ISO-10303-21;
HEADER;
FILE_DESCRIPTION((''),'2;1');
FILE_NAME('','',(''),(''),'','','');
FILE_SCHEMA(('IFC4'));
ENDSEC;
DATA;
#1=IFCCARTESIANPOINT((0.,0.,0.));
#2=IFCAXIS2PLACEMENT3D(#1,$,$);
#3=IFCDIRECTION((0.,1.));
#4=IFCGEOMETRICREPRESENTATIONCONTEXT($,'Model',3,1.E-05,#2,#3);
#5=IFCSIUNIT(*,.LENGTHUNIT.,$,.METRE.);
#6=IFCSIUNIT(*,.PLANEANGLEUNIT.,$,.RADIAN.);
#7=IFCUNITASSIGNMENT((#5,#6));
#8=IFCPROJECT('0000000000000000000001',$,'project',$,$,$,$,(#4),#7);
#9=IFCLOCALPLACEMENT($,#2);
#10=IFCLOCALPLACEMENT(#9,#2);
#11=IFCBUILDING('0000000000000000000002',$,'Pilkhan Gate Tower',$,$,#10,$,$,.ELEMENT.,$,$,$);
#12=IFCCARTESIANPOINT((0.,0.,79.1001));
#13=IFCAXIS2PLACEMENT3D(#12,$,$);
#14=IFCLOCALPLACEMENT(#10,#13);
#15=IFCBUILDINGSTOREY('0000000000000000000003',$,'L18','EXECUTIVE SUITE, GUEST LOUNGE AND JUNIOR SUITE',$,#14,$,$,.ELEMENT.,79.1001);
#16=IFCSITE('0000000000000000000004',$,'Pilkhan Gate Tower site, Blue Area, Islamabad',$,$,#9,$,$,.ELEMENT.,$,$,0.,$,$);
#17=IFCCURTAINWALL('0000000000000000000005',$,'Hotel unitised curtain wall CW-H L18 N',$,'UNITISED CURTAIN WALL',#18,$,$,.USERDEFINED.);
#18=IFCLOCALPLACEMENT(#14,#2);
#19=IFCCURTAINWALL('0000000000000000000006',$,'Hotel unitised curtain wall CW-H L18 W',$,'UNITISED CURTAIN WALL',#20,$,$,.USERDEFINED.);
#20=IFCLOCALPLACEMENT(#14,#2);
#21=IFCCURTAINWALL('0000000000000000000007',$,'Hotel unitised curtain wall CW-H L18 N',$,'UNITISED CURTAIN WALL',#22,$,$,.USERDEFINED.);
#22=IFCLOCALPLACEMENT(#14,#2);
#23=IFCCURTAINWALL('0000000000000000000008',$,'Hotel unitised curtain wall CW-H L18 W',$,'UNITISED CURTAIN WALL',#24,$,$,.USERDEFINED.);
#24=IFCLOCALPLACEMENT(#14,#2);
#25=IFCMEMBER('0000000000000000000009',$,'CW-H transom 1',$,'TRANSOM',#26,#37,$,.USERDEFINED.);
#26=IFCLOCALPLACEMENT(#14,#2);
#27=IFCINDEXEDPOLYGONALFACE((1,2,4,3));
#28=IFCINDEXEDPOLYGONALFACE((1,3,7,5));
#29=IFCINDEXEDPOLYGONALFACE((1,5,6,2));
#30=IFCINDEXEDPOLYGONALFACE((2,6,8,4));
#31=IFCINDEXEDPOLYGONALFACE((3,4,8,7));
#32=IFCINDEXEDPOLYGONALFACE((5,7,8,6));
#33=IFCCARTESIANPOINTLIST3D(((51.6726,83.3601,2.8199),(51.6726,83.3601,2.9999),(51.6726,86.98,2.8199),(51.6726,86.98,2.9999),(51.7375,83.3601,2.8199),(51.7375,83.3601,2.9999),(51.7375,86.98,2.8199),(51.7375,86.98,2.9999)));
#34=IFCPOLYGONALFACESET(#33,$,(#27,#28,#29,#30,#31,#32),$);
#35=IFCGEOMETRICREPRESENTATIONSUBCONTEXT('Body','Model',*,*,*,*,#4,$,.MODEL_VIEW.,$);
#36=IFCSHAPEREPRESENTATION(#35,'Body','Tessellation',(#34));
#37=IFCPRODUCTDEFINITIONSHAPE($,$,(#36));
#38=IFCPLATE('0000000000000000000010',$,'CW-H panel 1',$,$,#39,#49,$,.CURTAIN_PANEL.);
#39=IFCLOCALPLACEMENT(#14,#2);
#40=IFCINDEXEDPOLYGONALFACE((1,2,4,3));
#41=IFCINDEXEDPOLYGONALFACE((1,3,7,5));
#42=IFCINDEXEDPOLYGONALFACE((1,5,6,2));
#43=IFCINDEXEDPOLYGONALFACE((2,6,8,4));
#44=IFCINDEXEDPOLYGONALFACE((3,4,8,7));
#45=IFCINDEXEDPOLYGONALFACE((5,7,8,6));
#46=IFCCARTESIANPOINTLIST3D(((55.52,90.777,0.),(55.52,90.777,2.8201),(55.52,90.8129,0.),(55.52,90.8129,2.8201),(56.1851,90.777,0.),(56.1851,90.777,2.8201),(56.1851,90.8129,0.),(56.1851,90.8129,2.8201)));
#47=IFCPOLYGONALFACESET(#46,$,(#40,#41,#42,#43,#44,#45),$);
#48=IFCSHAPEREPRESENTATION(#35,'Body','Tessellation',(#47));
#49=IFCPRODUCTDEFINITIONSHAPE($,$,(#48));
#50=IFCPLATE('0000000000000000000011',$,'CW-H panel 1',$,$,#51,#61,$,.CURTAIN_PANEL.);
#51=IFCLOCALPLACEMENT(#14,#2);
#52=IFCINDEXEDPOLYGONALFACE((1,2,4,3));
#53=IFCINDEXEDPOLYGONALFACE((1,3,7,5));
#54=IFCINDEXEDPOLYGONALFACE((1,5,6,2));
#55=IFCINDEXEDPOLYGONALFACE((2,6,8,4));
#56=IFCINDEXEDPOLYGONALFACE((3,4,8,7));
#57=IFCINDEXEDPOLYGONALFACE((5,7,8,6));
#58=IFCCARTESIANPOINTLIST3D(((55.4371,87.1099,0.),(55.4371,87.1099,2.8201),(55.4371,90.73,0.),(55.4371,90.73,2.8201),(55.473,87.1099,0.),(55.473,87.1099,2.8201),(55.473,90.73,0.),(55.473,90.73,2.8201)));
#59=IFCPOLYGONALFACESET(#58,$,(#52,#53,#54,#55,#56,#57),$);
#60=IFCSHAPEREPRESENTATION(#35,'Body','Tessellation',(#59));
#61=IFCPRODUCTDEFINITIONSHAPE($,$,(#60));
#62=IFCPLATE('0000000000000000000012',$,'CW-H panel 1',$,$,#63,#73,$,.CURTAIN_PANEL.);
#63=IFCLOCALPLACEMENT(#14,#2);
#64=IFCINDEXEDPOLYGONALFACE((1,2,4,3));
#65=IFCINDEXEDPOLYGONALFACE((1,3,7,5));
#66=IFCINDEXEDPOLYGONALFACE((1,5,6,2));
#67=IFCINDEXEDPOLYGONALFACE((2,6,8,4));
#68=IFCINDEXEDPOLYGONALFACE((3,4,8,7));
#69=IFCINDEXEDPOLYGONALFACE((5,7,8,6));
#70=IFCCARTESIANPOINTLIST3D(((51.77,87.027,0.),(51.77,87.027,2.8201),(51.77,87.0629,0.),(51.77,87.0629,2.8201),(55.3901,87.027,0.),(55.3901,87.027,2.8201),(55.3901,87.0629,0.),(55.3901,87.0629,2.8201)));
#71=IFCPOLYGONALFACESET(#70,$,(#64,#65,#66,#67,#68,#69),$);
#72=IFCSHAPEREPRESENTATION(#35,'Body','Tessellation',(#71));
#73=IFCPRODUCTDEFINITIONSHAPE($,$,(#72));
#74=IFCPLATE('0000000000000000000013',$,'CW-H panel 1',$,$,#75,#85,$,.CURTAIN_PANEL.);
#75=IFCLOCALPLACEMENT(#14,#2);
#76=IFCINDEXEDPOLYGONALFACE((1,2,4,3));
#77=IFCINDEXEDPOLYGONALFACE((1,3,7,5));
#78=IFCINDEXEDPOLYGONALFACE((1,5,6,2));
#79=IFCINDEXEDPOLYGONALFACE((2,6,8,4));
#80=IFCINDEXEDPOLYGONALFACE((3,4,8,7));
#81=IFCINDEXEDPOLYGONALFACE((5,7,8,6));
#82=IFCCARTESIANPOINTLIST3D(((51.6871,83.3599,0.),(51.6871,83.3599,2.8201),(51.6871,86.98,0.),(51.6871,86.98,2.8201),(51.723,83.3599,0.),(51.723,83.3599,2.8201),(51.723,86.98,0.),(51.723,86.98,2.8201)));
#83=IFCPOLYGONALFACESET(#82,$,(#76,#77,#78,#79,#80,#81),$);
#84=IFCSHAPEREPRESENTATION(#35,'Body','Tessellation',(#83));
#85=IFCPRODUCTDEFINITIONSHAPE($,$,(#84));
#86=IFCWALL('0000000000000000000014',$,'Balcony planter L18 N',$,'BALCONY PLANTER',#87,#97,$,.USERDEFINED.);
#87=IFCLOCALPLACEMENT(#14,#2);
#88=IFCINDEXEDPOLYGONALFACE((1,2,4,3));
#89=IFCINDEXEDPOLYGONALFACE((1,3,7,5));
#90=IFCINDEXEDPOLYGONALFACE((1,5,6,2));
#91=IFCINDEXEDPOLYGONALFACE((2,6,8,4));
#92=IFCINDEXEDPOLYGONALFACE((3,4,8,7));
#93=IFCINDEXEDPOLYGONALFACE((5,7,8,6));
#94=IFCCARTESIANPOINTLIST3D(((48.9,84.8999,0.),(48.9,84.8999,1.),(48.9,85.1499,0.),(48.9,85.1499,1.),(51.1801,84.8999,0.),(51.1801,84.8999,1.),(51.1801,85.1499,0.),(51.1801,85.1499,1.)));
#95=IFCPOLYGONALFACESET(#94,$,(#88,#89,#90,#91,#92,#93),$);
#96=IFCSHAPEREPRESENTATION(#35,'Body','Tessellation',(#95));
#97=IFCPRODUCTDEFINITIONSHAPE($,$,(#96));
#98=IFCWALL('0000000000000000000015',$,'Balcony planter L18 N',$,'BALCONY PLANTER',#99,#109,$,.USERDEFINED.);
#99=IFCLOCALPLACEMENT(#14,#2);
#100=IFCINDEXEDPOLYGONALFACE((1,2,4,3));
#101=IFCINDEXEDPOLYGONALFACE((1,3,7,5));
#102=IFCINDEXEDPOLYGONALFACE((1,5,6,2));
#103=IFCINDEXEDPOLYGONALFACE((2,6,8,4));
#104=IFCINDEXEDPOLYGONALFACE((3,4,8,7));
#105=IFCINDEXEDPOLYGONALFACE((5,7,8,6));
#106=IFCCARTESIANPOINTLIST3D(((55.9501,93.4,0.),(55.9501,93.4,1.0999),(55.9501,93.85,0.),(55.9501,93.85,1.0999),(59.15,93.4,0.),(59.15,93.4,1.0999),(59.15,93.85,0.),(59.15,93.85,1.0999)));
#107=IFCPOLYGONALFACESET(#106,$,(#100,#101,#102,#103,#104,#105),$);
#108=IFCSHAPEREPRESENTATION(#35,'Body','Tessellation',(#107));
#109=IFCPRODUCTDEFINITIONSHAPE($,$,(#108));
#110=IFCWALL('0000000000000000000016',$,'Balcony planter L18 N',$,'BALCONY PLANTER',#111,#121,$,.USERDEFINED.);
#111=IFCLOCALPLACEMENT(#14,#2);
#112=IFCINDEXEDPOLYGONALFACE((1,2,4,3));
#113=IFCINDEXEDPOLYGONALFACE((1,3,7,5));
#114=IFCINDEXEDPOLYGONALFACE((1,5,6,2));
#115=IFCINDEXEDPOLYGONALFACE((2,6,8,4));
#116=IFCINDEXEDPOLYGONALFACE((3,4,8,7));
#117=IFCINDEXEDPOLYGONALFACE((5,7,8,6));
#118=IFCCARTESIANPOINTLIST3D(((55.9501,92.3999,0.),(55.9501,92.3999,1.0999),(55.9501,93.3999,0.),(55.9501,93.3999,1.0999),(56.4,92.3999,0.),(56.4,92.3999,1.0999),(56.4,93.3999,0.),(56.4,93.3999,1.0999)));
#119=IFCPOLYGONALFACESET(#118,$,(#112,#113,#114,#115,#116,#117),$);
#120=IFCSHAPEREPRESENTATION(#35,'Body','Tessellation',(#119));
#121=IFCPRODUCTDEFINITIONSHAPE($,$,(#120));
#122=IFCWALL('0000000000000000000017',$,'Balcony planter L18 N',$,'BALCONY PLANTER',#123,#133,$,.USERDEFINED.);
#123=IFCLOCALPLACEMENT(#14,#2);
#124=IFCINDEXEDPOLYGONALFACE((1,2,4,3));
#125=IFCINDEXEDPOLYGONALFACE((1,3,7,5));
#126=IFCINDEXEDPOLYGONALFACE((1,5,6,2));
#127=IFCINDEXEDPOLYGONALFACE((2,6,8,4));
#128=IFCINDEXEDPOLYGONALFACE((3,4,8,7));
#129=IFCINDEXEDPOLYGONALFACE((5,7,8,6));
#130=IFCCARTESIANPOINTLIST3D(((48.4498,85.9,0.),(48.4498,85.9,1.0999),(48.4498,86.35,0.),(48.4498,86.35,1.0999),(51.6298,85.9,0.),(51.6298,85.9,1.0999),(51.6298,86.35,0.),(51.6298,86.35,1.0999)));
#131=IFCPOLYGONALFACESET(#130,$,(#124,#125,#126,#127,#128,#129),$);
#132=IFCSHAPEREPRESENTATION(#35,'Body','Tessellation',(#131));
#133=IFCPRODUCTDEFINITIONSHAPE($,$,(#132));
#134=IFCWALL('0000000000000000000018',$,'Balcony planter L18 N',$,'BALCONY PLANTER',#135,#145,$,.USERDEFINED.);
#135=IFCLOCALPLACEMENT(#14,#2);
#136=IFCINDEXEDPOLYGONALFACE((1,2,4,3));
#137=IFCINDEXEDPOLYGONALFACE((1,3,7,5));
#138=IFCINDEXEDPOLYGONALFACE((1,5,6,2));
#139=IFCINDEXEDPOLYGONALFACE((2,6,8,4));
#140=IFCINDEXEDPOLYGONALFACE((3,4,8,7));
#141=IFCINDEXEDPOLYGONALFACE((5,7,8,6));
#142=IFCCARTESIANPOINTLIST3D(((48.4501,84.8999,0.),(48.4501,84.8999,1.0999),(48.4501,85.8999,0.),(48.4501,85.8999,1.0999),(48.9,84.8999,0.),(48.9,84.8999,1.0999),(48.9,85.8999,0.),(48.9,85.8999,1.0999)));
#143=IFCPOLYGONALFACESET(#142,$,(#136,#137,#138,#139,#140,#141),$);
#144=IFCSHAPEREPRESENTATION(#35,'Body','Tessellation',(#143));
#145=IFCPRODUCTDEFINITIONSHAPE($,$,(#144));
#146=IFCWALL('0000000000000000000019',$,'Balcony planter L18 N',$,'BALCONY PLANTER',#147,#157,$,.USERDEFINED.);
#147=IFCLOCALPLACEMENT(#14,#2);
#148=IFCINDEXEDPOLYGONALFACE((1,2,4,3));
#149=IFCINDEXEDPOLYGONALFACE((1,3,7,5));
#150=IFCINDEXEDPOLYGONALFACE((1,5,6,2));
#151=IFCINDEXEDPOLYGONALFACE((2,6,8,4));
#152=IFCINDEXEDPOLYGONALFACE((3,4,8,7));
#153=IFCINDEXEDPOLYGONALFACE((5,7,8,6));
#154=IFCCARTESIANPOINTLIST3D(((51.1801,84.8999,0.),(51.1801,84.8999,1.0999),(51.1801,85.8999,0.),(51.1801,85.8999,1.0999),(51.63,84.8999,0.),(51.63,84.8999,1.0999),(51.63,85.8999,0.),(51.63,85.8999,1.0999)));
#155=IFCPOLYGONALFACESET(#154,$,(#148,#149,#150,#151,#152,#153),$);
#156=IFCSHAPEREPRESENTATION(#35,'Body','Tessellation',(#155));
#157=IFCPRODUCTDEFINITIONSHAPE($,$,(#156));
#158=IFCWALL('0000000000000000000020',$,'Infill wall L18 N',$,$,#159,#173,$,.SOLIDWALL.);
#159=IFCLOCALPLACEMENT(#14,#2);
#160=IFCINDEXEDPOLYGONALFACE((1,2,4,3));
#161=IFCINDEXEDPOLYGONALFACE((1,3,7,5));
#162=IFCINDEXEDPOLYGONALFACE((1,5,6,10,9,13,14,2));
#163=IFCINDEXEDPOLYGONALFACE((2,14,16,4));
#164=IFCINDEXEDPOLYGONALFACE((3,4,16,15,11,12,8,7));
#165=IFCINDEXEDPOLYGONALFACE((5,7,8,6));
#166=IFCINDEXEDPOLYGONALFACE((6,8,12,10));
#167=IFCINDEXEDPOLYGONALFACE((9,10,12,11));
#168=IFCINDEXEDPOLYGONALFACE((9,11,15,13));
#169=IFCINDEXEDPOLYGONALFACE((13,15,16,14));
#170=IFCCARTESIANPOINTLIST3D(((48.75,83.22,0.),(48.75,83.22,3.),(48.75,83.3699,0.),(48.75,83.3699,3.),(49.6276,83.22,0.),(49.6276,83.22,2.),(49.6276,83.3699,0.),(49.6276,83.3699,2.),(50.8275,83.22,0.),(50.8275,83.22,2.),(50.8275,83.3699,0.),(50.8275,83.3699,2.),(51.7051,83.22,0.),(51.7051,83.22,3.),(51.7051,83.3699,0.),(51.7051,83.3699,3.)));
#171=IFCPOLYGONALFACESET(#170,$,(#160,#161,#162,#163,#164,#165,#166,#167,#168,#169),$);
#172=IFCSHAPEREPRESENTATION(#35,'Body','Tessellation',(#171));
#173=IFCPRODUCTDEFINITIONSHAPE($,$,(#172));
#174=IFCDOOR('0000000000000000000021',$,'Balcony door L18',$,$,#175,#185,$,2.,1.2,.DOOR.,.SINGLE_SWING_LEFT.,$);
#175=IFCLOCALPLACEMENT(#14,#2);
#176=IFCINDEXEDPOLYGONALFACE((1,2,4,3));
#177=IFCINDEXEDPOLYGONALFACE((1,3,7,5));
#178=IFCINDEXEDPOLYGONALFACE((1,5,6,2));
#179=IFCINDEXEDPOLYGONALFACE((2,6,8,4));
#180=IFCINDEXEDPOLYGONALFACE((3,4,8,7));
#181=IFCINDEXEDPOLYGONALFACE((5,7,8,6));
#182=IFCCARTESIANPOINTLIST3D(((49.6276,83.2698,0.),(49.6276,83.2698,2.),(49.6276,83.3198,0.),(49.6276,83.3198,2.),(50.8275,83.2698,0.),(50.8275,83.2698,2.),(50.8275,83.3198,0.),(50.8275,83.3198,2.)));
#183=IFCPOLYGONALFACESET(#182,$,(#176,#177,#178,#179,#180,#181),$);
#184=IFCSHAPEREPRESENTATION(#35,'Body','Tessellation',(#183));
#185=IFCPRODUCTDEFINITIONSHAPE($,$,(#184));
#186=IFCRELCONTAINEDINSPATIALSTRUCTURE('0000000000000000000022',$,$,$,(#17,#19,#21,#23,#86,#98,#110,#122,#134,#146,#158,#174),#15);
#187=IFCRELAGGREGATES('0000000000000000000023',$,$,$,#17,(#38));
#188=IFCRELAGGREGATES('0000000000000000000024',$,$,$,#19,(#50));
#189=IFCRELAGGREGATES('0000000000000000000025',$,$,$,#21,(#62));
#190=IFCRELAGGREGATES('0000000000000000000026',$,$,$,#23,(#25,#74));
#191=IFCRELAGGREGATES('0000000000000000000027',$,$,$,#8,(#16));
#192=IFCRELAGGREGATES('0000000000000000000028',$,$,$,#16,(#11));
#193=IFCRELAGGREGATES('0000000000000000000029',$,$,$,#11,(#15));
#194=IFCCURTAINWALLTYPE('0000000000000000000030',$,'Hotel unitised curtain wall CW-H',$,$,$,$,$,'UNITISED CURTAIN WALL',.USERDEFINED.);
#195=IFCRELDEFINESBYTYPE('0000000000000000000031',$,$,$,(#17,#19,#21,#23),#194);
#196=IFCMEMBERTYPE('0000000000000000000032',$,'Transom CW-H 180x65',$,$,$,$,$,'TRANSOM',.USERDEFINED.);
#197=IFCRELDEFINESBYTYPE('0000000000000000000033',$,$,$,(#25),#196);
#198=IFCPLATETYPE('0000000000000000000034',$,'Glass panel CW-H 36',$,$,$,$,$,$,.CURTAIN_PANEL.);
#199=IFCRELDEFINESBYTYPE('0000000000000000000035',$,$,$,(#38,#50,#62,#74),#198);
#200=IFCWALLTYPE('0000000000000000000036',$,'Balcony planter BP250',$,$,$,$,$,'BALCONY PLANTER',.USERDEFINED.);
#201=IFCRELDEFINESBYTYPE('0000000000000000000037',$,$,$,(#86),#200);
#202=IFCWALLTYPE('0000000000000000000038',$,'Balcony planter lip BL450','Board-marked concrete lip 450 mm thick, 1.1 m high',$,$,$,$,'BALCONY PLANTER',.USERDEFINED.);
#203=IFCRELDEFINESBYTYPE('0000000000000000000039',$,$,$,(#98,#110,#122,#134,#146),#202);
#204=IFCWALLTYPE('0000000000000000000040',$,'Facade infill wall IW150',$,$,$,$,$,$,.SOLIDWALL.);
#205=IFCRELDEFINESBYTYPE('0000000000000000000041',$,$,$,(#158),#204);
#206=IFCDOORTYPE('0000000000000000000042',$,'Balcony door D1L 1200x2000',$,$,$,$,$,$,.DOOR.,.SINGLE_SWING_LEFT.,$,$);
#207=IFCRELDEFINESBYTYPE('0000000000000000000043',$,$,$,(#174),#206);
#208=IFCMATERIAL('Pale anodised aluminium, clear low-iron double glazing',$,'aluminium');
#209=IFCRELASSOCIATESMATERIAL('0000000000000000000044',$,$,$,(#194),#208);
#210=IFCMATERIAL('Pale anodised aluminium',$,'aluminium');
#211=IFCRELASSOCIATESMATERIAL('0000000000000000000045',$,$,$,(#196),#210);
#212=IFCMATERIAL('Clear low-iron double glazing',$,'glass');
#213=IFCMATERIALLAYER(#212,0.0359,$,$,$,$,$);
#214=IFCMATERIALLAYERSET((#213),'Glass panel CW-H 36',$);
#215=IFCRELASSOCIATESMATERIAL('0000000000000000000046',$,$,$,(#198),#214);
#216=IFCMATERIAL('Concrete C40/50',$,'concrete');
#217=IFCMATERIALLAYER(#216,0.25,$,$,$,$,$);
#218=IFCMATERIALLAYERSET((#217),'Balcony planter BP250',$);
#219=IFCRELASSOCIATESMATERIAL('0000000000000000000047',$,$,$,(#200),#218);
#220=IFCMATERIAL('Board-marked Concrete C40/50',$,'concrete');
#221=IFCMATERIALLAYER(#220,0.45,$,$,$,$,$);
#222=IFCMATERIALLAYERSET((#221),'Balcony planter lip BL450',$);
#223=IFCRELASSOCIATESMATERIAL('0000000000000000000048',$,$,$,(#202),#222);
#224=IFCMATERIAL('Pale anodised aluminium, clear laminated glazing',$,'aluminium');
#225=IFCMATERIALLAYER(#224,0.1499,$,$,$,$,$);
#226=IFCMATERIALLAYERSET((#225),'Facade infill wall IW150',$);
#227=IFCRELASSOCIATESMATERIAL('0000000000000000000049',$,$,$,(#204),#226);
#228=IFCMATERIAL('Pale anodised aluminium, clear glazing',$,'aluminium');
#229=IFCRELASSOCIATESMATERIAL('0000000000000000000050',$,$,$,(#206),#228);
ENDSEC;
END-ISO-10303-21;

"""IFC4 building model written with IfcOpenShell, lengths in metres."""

from ifc_helpers import new_model, si_unit, direction, frame, frame_2d, origin, origin_2d, place, context, subcontext, project, spatial, rectangle, extrude, material, layer, layer_set, material_profile, profile_set, type_object, element, fill, aggregate, save


model = new_model("IFC4")

# Units and contexts
model_context = context("Model", 3, precision=1e-05, world=origin(), true_north=direction((0.0, 1.0)))
body_context = subcontext(model_context, "Body", "Model", "MODEL_VIEW")
ifc_project = project(units=[si_unit("LENGTHUNIT", "METRE"), si_unit("PLANEANGLEUNIT", "RADIAN")], contexts=[model_context])

# Site, building, storey
site_placement = place(None, origin())
site = spatial("IfcSite", under=ifc_project, at=site_placement, Name="Pilkhan Gate Tower site, Blue Area, Islamabad", CompositionType="ELEMENT", RefElevation=0.0)
building_placement = place(site_placement, origin())
building = spatial("IfcBuilding", under=site, at=building_placement, Name="Pilkhan Gate Tower", CompositionType="ELEMENT")
storey_placement = place(building_placement, frame((0.0, 0.0, 79.1001)))
storey = spatial("IfcBuildingStorey", under=building, at=storey_placement, Name="L18", Description="EXECUTIVE SUITE, GUEST LOUNGE AND JUNIOR SUITE", CompositionType="ELEMENT", Elevation=79.1001)

# Curtain walls
ifc_material_1 = material(Name="Pale anodised aluminium, clear low-iron double glazing", Category="aluminium")
curtain_wall_type = type_object("IfcCurtainWallType", Name="Hotel unitised curtain wall CW-H", ElementType="UNITISED CURTAIN WALL", PredefinedType="USERDEFINED", material=ifc_material_1)
curtain_wall_1_placement = place(storey_placement, origin())
curtain_wall_1 = element("IfcCurtainWall", 1, at=curtain_wall_1_placement, inside=storey, type_object=curtain_wall_type, Name="Hotel unitised curtain wall CW-H L18 N", ObjectType="UNITISED CURTAIN WALL", PredefinedType="USERDEFINED")
ifc_material_2 = material(Name="Pale anodised aluminium", Category="aluminium")
curtain_wall_2_placement = place(storey_placement, origin())
curtain_wall_2 = element("IfcCurtainWall", 2, at=curtain_wall_2_placement, inside=storey, type_object=curtain_wall_type, Name="Hotel unitised curtain wall CW-H L18 W", ObjectType="UNITISED CURTAIN WALL", PredefinedType="USERDEFINED")
curtain_wall_3_placement = place(storey_placement, origin())
curtain_wall_3 = element("IfcCurtainWall", 3, at=curtain_wall_3_placement, inside=storey, type_object=curtain_wall_type, Name="Hotel unitised curtain wall CW-H L18 N", ObjectType="UNITISED CURTAIN WALL", PredefinedType="USERDEFINED")
curtain_wall_4_placement = place(storey_placement, origin())
curtain_wall_4 = element("IfcCurtainWall", 4, at=curtain_wall_4_placement, inside=storey, type_object=curtain_wall_type, Name="Hotel unitised curtain wall CW-H L18 W", ObjectType="UNITISED CURTAIN WALL", PredefinedType="USERDEFINED")

# Member
ifc_material_profile_1 = material_profile(ifc_material_2, rectangle(XDim=0.0649, YDim=0.1799, at=origin_2d()), Name="Transom 180x65")
ifc_profile_set_1 = profile_set([ifc_material_profile_1], Name="Pale anodised aluminium")
member_type_1 = type_object("IfcMemberType", Name="Transom CW-H 180x65", ElementType="TRANSOM", PredefinedType="USERDEFINED", material=ifc_profile_set_1)
member_1_placement = place(storey_placement, frame((51.7051, 83.3601, 2.9099), z_axis=(0.0, 1.0, 0.0), x_axis=(-1.0, 0.0, 0.0)))
member_1 = element("IfcMember", 5, at=member_1_placement, type_object=member_type_1, Name="CW-H transom 1", ObjectType="TRANSOM", PredefinedType="USERDEFINED", context=body_context, shape_type="SweptSolid", body=[
    extrude(rectangle(XDim=0.0649, YDim=0.1799, at=origin_2d()), origin(), (0.0, 0.0, 1.0), 3.6199),
])

# Plates
ifc_material_3 = material(Name="Clear low-iron double glazing", Category="glass")
ifc_layer_1 = layer(ifc_material_3, 0.0359)
ifc_layer_set_1 = layer_set([ifc_layer_1], Name="Glass panel CW-H 36")
plate_type = type_object("IfcPlateType", Name="Glass panel CW-H 36", PredefinedType="CURTAIN_PANEL", material=ifc_layer_set_1)
plate_1_placement = place(storey_placement, frame((55.8525, 90.7949, 0.0), z_axis=(0.0, 0.0, 1.0), x_axis=(1.0, 0.0, 0.0)))
plate_1 = element("IfcPlate", 6, at=plate_1_placement, type_object=plate_type, Name="CW-H panel 1", PredefinedType="CURTAIN_PANEL", context=body_context, shape_type="SweptSolid", body=[
    extrude(rectangle(XDim=0.665, YDim=0.0359, at=origin_2d()), origin(), (0.0, 0.0, 1.0), 2.8201),
])
aggregate(curtain_wall_1, [plate_1])
plate_2_placement = place(storey_placement, frame((55.4551, 88.9199, 0.0), z_axis=(0.0, 0.0, 1.0), x_axis=(0.0, 1.0, 0.0)))
plate_2 = element("IfcPlate", 7, at=plate_2_placement, type_object=plate_type, Name="CW-H panel 1", PredefinedType="CURTAIN_PANEL", context=body_context, shape_type="SweptSolid", body=[
    extrude(rectangle(XDim=3.6201, YDim=0.0359, at=origin_2d()), origin(), (0.0, 0.0, 1.0), 2.8201),
])
aggregate(curtain_wall_2, [plate_2])
plate_3_placement = place(storey_placement, frame((53.5801, 87.0449, 0.0), z_axis=(0.0, 0.0, 1.0), x_axis=(1.0, 0.0, 0.0)))
plate_3 = element("IfcPlate", 8, at=plate_3_placement, type_object=plate_type, Name="CW-H panel 1", PredefinedType="CURTAIN_PANEL", context=body_context, shape_type="SweptSolid", body=[
    extrude(rectangle(XDim=3.6201, YDim=0.0359, at=origin_2d()), origin(), (0.0, 0.0, 1.0), 2.8201),
])
aggregate(curtain_wall_3, [plate_3])
plate_4_placement = place(storey_placement, frame((51.7051, 85.1699, 0.0), z_axis=(0.0, 0.0, 1.0), x_axis=(0.0, 1.0, 0.0)))
plate_4 = element("IfcPlate", 9, at=plate_4_placement, type_object=plate_type, Name="CW-H panel 1", PredefinedType="CURTAIN_PANEL", context=body_context, shape_type="SweptSolid", body=[
    extrude(rectangle(XDim=3.6201, YDim=0.0359, at=origin_2d()), origin(), (0.0, 0.0, 1.0), 2.8201),
])
aggregate(curtain_wall_4, [member_1, plate_4])

# Walls
ifc_material_4 = material(Name="Concrete C40/50", Category="concrete")
ifc_layer_2 = layer(ifc_material_4, 0.25)
ifc_layer_set_2 = layer_set([ifc_layer_2], Name="Balcony planter BP250")
wall_type_1 = type_object("IfcWallType", Name="Balcony planter BP250", ElementType="BALCONY PLANTER", PredefinedType="USERDEFINED", material=ifc_layer_set_2)
wall_1_placement = place(storey_placement, frame((48.8999, 85.0249, 0.0), z_axis=(0.0, 0.0, 1.0), x_axis=(1.0, 0.0, 0.0)))
element("IfcWall", 10, at=wall_1_placement, inside=storey, type_object=wall_type_1, Name="Balcony planter L18 N", ObjectType="BALCONY PLANTER", PredefinedType="USERDEFINED", context=body_context, shape_type="SweptSolid", body=[
    extrude(rectangle(XDim=2.28, YDim=0.25, at=frame_2d((1.1401, 0.0))), origin(), (0.0, 0.0, 1.0), 1.0),
])
ifc_material_5 = material(Name="Board-marked Concrete C40/50", Category="concrete")
ifc_layer_3 = layer(ifc_material_5, 0.45)
ifc_layer_set_3 = layer_set([ifc_layer_3], Name="Balcony planter lip BL450")
wall_type_2 = type_object("IfcWallType", Name="Balcony planter lip BL450", Description="Board-marked concrete lip 450 mm thick, 1.1 m high", ElementType="BALCONY PLANTER", PredefinedType="USERDEFINED", material=ifc_layer_set_3)
wall_2_placement = place(storey_placement, frame((55.95, 93.625, 0.0), z_axis=(0.0, 0.0, 1.0), x_axis=(1.0, 0.0, 0.0)))
element("IfcWall", 11, at=wall_2_placement, inside=storey, type_object=wall_type_2, Name="Balcony planter L18 N", ObjectType="BALCONY PLANTER", PredefinedType="USERDEFINED", context=body_context, shape_type="SweptSolid", body=[
    extrude(rectangle(XDim=3.2, YDim=0.45, at=frame_2d((1.6001, 0.0))), origin(), (0.0, 0.0, 1.0), 1.0999),
])
wall_3_placement = place(storey_placement, frame((56.175, 92.3999, 0.0), z_axis=(0.0, 0.0, 1.0), x_axis=(0.0, 1.0, 0.0)))
element("IfcWall", 12, at=wall_3_placement, inside=storey, type_object=wall_type_2, Name="Balcony planter L18 N", ObjectType="BALCONY PLANTER", PredefinedType="USERDEFINED", context=body_context, shape_type="SweptSolid", body=[
    extrude(rectangle(XDim=1.0, YDim=0.45, at=frame_2d((0.5, 0.0))), origin(), (0.0, 0.0, 1.0), 1.0999),
])
wall_4_placement = place(storey_placement, frame((48.45, 86.125, 0.0), z_axis=(0.0, 0.0, 1.0), x_axis=(1.0, 0.0, 0.0)))
element("IfcWall", 13, at=wall_4_placement, inside=storey, type_object=wall_type_2, Name="Balcony planter L18 N", ObjectType="BALCONY PLANTER", PredefinedType="USERDEFINED", context=body_context, shape_type="SweptSolid", body=[
    extrude(rectangle(XDim=3.1799, YDim=0.45, at=frame_2d((1.5898, 0.0))), origin(), (0.0, 0.0, 1.0), 1.0999),
])
for number, where, z_axis, x_axis, name in (
    (14, (48.675, 84.8999, 0.0), (0.0, 0.0, 1.0), (0.0, 1.0, 0.0), "Balcony planter L18 N"),
    (15, (51.405, 84.8999, 0.0), (0.0, 0.0, 1.0), (0.0, 1.0, 0.0), "Balcony planter L18 N"),
):
    element("IfcWall", number, at=place(storey_placement, frame(where, z_axis=z_axis, x_axis=x_axis)), inside=storey, type_object=wall_type_2, Name=name, ObjectType="BALCONY PLANTER", PredefinedType="USERDEFINED", context=body_context, shape_type="SweptSolid", body=[
        extrude(rectangle(XDim=1.0, YDim=0.45, at=frame_2d((0.5, 0.0))), origin(), (0.0, 0.0, 1.0), 1.0999),
    ])

# Wall, opening, door
ifc_material_6 = material(Name="Pale anodised aluminium, clear laminated glazing", Category="aluminium")
ifc_layer_4 = layer(ifc_material_6, 0.1499)
ifc_layer_set_4 = layer_set([ifc_layer_4], Name="Facade infill wall IW150")
wall_type_3 = type_object("IfcWallType", Name="Facade infill wall IW150", PredefinedType="SOLIDWALL", material=ifc_layer_set_4)
wall_5_placement = place(storey_placement, frame((48.75, 83.2949, 0.0), z_axis=(0.0, 0.0, 1.0), x_axis=(1.0, 0.0, 0.0)))
wall_5 = element("IfcWall", 16, at=wall_5_placement, inside=storey, type_object=wall_type_3, Name="Infill wall L18 N", PredefinedType="SOLIDWALL", context=body_context, shape_type="SweptSolid", body=[
    extrude(rectangle(XDim=2.9551, YDim=0.1499, at=frame_2d((1.4775, 0.0))), origin(), (0.0, 0.0, 1.0), 3.0),
])
opening_1_placement = place(wall_5_placement, frame((0.8774, 0.0, 0.0)))
opening_1 = element("IfcOpeningElement", 17, at=opening_1_placement, cuts=wall_5, PredefinedType="OPENING", context=body_context, shape_type="SweptSolid", body=[
    extrude(rectangle(XDim=1.2, YDim=2.0, at=frame_2d((0.6001, 1.0))), frame((0.0, 0.085, 0.0), z_axis=(0.0, -1.0, 0.0), x_axis=(1.0, 0.0, 0.0)), (0.0, 0.0, 1.0), 0.1699),
])
ifc_material_7 = material(Name="Pale anodised aluminium, clear glazing", Category="aluminium")
door_type_1 = type_object("IfcDoorType", Name="Balcony door D1L 1200x2000", OperationType="SINGLE_SWING_LEFT", PredefinedType="DOOR", material=ifc_material_7)
door_1_placement = place(opening_1_placement, origin())
door_1 = element("IfcDoor", 18, at=door_1_placement, inside=storey, type_object=door_type_1, Name="Balcony door L18", OperationType="SINGLE_SWING_LEFT", OverallHeight=2.0, OverallWidth=1.2, PredefinedType="DOOR", context=body_context, shape_type="SweptSolid", body=[
    extrude(rectangle(XDim=1.2, YDim=2.0, at=frame_2d((0.6001, 1.0))), frame((0.0, 0.0249, 0.0), z_axis=(0.0, -1.0, 0.0), x_axis=(1.0, 0.0, 0.0)), (0.0, 0.0, 1.0), 0.05),
])
fill(opening_1, door_1)

save(model, "model.ifc")
